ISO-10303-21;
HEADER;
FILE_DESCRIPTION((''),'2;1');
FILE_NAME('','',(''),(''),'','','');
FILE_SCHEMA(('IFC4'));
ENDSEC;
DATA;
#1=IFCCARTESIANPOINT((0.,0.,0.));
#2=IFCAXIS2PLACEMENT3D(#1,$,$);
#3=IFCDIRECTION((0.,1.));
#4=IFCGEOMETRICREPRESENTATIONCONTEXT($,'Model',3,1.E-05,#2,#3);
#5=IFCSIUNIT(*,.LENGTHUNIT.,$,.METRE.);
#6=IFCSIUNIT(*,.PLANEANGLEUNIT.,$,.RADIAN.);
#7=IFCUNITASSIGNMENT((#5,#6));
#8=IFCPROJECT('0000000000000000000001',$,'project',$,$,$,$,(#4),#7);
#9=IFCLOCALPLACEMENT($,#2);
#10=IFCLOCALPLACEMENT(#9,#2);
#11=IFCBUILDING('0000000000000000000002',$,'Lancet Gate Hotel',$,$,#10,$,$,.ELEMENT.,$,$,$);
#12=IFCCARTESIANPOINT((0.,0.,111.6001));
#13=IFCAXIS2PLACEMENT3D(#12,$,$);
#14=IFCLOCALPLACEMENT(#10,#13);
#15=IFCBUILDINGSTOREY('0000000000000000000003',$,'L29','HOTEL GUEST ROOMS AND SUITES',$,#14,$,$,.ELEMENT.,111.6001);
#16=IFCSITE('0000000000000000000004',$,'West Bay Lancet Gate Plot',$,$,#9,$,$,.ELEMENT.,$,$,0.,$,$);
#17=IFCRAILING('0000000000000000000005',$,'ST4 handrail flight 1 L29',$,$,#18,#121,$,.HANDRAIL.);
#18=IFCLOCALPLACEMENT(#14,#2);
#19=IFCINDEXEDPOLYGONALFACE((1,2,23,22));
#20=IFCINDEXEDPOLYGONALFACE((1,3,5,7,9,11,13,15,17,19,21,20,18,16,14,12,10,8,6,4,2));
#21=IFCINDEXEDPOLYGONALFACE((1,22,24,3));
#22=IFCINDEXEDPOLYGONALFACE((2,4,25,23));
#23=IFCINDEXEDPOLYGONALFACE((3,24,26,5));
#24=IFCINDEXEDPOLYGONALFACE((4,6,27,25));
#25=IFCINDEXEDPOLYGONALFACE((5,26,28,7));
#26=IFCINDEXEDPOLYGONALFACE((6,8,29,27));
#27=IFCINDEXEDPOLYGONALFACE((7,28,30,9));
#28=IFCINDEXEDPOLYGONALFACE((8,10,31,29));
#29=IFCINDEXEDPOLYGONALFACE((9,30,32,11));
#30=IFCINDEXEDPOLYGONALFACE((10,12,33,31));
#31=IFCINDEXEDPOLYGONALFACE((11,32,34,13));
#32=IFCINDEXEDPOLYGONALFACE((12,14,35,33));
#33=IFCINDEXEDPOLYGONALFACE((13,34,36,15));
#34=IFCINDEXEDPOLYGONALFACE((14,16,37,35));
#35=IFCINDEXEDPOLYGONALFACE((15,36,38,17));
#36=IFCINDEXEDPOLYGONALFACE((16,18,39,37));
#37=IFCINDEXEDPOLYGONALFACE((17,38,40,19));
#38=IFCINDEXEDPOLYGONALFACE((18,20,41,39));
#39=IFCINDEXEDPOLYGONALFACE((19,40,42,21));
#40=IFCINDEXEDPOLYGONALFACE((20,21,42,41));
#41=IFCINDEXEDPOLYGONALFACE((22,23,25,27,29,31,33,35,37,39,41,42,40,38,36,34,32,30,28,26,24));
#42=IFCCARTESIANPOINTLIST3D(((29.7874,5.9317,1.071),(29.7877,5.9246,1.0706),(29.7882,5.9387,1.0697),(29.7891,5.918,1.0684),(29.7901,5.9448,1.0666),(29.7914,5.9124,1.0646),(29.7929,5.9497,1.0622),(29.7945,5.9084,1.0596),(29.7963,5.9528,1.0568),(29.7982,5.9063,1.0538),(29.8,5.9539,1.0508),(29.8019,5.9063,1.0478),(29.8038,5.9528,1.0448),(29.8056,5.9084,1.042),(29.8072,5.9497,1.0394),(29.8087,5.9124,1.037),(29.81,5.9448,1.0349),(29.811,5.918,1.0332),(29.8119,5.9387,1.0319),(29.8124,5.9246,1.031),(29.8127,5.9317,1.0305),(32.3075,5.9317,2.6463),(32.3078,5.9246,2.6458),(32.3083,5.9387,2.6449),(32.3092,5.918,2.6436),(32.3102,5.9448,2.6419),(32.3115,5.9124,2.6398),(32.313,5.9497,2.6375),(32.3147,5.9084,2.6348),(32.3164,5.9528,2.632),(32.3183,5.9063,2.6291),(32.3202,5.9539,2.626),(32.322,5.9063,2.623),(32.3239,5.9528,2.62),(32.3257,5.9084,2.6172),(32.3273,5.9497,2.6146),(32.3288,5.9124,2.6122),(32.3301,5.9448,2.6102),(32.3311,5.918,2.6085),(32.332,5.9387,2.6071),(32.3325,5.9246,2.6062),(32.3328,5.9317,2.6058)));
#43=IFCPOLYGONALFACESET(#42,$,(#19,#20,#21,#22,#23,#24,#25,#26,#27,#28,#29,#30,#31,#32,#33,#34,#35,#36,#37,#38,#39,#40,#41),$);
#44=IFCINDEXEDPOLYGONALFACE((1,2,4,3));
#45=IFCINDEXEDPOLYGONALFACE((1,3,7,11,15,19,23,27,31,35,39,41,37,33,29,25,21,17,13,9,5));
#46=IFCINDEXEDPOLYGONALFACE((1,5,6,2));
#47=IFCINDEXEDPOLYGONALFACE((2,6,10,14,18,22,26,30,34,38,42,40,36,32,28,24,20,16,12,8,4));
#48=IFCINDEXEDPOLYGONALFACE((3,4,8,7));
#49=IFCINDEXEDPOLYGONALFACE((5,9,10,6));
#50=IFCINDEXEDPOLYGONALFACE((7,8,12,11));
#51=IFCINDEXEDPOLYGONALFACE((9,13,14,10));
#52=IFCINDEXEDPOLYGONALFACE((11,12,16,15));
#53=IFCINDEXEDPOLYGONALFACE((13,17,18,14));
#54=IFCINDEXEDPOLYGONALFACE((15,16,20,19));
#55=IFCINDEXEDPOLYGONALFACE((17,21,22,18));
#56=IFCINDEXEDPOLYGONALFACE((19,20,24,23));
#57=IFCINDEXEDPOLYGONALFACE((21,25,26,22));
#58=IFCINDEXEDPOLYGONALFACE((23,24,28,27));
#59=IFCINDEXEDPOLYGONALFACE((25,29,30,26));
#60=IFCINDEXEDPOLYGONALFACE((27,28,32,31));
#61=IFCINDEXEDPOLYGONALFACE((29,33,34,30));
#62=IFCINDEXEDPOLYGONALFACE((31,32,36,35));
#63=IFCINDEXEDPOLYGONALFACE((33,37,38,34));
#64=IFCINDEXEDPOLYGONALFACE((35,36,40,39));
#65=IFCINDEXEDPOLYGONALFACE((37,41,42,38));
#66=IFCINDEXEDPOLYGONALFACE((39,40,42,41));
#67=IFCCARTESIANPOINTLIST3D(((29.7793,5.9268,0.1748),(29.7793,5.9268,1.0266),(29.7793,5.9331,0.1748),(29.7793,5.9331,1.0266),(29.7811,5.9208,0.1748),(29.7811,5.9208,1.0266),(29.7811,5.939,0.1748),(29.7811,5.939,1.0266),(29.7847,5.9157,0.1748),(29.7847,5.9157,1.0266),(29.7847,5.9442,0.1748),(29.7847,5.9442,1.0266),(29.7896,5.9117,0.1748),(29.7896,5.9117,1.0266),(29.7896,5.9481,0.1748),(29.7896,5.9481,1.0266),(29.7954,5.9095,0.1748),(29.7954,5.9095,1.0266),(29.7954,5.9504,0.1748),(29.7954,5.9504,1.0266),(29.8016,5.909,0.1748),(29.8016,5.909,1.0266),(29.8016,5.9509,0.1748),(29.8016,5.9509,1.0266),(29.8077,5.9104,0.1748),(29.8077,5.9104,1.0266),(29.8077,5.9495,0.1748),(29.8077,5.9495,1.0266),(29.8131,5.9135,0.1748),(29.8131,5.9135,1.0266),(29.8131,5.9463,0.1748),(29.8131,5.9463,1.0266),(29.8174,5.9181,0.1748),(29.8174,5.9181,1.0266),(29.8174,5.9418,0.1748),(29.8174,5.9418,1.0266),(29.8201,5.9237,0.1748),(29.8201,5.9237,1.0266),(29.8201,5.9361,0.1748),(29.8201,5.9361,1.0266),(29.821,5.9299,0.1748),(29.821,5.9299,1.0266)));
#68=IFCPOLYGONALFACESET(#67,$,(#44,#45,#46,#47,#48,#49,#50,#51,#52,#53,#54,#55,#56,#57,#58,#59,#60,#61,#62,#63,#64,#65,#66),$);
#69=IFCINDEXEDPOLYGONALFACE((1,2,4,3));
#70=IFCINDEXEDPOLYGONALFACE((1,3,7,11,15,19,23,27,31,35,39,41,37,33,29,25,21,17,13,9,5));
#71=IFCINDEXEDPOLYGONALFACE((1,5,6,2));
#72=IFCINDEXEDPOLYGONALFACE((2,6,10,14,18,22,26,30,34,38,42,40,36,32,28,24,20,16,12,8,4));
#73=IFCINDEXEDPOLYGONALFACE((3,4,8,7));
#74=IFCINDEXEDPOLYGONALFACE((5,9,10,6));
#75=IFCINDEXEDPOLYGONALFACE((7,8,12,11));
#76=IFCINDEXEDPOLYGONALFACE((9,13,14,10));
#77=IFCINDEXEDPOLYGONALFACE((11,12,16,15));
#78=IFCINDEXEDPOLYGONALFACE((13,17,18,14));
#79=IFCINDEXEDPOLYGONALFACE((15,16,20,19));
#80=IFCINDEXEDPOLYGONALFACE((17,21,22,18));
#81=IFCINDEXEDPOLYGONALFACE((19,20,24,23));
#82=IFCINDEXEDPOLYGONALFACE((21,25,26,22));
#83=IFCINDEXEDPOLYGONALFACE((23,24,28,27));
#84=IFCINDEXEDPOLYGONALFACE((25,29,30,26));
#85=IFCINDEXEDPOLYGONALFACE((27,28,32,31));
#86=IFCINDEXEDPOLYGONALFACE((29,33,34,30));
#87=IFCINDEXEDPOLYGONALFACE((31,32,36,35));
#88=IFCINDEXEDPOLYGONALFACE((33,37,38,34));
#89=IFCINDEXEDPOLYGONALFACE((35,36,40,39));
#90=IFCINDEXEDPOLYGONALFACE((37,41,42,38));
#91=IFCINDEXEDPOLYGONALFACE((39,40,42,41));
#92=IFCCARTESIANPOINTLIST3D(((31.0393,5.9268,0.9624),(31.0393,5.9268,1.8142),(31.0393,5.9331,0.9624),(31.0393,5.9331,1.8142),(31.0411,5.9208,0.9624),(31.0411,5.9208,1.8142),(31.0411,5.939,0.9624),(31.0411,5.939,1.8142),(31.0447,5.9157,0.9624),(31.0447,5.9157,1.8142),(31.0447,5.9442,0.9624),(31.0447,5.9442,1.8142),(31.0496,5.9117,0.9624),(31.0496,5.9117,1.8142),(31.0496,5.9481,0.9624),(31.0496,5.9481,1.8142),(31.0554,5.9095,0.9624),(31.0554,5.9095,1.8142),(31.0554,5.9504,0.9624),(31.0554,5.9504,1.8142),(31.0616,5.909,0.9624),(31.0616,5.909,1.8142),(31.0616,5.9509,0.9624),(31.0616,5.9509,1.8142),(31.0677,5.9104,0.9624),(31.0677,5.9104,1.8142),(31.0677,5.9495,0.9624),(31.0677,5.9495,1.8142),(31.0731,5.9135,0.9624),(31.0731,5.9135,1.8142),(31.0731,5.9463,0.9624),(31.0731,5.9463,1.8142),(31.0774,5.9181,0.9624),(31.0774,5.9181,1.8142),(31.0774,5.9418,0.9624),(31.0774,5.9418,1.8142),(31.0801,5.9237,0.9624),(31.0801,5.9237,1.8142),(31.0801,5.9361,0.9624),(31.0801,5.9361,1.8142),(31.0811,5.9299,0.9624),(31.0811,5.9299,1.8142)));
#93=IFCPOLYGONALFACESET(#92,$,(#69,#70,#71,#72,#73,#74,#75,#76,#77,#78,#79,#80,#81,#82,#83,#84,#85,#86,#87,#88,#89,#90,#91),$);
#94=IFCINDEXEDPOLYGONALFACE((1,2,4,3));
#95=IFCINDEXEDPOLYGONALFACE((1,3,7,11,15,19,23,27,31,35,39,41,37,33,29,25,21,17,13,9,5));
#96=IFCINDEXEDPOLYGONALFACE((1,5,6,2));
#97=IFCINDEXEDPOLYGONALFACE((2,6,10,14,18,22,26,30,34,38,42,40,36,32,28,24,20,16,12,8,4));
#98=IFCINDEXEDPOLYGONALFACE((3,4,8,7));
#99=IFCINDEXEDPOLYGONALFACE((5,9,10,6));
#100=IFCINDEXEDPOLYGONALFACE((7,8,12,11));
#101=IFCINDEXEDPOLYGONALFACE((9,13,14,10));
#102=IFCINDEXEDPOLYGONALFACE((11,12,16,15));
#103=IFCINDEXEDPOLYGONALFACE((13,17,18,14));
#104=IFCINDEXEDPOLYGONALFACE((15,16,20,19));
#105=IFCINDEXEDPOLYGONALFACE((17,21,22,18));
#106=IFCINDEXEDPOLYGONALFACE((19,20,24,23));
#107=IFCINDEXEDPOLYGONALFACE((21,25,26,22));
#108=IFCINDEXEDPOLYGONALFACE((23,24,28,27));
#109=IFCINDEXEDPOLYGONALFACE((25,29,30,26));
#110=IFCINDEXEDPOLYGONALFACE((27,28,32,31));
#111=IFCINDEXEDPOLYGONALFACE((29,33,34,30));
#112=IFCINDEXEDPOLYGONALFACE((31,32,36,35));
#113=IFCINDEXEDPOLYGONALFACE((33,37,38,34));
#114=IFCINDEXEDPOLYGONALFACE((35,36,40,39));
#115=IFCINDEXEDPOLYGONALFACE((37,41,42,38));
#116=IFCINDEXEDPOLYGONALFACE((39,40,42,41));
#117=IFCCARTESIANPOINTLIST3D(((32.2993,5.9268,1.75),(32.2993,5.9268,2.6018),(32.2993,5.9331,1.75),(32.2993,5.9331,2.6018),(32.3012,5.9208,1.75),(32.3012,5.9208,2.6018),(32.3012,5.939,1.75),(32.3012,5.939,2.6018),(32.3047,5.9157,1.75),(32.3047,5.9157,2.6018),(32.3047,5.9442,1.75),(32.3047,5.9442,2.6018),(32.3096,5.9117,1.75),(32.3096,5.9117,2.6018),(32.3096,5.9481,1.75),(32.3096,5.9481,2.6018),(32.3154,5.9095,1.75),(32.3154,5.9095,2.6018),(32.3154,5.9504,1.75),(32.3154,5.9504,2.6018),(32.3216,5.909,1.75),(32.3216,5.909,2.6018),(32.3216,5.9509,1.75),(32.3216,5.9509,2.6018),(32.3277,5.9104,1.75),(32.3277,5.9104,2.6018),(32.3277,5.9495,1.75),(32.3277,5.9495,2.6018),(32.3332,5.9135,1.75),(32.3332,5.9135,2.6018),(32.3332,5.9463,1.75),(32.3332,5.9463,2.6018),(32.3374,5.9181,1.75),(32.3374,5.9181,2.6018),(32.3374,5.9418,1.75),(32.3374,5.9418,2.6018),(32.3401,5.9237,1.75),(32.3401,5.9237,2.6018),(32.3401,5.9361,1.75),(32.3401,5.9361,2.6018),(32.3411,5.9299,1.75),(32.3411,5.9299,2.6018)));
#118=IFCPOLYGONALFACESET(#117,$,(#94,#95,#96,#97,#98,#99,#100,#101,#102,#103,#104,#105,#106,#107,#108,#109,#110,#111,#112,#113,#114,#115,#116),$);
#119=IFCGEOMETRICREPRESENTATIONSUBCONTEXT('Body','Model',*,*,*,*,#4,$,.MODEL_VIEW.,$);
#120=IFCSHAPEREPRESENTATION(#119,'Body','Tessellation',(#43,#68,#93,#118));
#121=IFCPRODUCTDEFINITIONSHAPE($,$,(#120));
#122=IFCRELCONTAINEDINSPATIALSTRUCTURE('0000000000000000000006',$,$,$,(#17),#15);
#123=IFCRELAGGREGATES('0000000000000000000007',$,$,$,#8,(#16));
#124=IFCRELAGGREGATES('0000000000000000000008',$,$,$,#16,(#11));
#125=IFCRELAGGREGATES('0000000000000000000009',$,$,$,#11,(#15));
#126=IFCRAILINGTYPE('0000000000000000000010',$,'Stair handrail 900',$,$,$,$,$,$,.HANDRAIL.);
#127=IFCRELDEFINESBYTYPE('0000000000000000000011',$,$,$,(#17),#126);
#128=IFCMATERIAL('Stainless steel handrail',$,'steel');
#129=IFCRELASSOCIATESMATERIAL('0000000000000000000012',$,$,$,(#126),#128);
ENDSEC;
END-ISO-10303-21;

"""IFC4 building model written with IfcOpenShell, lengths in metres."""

from ifc_helpers import new_model, si_unit, direction, frame, origin, origin_2d, place, context, subcontext, project, spatial, circle, extrude, material, type_object, element, save


model = new_model("IFC4")

# Units and contexts
model_context = context("Model", 3, precision=1e-05, world=origin(), true_north=direction((0.0, 1.0)))
body_context = subcontext(model_context, "Body", "Model", "MODEL_VIEW")
ifc_project = project(units=[si_unit("LENGTHUNIT", "METRE"), si_unit("PLANEANGLEUNIT", "RADIAN")], contexts=[model_context])

# Site, building, storey
site_placement = place(None, origin())
site = spatial("IfcSite", under=ifc_project, at=site_placement, Name="West Bay Lancet Gate Plot", CompositionType="ELEMENT", RefElevation=0.0)
building_placement = place(site_placement, origin())
building = spatial("IfcBuilding", under=site, at=building_placement, Name="Lancet Gate Hotel", CompositionType="ELEMENT")
storey_placement = place(building_placement, frame((0.0, 0.0, 111.6001)))
storey = spatial("IfcBuildingStorey", under=building, at=storey_placement, Name="L29", Description="HOTEL GUEST ROOMS AND SUITES", CompositionType="ELEMENT", Elevation=111.6001)

# Railing
ifc_material_1 = material(Name="Stainless steel handrail", Category="steel")
railing_type = type_object("IfcRailingType", Name="Stair handrail 900", PredefinedType="HANDRAIL", material=ifc_material_1)
railing_1_placement = place(storey_placement, frame((29.8, 5.9299, 0.1748)))
element("IfcRailing", 1, at=railing_1_placement, inside=storey, type_object=railing_type, Name="ST4 handrail flight 1 L29", PredefinedType="HANDRAIL", context=body_context, shape_type="SweptSolid", body=[
    extrude(circle(Radius=0.0239, at=origin_2d()), frame((0.0, 0.0, 0.876), z_axis=(0.847971, 0.0, 0.530043), x_axis=(0.0, 1.0, 0.0)), (0.0, 0.0, 1.0), 2.9719),
    extrude(circle(Radius=0.021, at=origin_2d()), origin(), (0.0, 0.0, 1.0), 0.8518),
    extrude(circle(Radius=0.021, at=origin_2d()), frame((1.26, 0.0, 0.7876)), (0.0, 0.0, 1.0), 0.8518),
    extrude(circle(Radius=0.021, at=origin_2d()), frame((2.52, 0.0, 1.5752)), (0.0, 0.0, 1.0), 0.8518),
])

save(model, "model.ifc")
